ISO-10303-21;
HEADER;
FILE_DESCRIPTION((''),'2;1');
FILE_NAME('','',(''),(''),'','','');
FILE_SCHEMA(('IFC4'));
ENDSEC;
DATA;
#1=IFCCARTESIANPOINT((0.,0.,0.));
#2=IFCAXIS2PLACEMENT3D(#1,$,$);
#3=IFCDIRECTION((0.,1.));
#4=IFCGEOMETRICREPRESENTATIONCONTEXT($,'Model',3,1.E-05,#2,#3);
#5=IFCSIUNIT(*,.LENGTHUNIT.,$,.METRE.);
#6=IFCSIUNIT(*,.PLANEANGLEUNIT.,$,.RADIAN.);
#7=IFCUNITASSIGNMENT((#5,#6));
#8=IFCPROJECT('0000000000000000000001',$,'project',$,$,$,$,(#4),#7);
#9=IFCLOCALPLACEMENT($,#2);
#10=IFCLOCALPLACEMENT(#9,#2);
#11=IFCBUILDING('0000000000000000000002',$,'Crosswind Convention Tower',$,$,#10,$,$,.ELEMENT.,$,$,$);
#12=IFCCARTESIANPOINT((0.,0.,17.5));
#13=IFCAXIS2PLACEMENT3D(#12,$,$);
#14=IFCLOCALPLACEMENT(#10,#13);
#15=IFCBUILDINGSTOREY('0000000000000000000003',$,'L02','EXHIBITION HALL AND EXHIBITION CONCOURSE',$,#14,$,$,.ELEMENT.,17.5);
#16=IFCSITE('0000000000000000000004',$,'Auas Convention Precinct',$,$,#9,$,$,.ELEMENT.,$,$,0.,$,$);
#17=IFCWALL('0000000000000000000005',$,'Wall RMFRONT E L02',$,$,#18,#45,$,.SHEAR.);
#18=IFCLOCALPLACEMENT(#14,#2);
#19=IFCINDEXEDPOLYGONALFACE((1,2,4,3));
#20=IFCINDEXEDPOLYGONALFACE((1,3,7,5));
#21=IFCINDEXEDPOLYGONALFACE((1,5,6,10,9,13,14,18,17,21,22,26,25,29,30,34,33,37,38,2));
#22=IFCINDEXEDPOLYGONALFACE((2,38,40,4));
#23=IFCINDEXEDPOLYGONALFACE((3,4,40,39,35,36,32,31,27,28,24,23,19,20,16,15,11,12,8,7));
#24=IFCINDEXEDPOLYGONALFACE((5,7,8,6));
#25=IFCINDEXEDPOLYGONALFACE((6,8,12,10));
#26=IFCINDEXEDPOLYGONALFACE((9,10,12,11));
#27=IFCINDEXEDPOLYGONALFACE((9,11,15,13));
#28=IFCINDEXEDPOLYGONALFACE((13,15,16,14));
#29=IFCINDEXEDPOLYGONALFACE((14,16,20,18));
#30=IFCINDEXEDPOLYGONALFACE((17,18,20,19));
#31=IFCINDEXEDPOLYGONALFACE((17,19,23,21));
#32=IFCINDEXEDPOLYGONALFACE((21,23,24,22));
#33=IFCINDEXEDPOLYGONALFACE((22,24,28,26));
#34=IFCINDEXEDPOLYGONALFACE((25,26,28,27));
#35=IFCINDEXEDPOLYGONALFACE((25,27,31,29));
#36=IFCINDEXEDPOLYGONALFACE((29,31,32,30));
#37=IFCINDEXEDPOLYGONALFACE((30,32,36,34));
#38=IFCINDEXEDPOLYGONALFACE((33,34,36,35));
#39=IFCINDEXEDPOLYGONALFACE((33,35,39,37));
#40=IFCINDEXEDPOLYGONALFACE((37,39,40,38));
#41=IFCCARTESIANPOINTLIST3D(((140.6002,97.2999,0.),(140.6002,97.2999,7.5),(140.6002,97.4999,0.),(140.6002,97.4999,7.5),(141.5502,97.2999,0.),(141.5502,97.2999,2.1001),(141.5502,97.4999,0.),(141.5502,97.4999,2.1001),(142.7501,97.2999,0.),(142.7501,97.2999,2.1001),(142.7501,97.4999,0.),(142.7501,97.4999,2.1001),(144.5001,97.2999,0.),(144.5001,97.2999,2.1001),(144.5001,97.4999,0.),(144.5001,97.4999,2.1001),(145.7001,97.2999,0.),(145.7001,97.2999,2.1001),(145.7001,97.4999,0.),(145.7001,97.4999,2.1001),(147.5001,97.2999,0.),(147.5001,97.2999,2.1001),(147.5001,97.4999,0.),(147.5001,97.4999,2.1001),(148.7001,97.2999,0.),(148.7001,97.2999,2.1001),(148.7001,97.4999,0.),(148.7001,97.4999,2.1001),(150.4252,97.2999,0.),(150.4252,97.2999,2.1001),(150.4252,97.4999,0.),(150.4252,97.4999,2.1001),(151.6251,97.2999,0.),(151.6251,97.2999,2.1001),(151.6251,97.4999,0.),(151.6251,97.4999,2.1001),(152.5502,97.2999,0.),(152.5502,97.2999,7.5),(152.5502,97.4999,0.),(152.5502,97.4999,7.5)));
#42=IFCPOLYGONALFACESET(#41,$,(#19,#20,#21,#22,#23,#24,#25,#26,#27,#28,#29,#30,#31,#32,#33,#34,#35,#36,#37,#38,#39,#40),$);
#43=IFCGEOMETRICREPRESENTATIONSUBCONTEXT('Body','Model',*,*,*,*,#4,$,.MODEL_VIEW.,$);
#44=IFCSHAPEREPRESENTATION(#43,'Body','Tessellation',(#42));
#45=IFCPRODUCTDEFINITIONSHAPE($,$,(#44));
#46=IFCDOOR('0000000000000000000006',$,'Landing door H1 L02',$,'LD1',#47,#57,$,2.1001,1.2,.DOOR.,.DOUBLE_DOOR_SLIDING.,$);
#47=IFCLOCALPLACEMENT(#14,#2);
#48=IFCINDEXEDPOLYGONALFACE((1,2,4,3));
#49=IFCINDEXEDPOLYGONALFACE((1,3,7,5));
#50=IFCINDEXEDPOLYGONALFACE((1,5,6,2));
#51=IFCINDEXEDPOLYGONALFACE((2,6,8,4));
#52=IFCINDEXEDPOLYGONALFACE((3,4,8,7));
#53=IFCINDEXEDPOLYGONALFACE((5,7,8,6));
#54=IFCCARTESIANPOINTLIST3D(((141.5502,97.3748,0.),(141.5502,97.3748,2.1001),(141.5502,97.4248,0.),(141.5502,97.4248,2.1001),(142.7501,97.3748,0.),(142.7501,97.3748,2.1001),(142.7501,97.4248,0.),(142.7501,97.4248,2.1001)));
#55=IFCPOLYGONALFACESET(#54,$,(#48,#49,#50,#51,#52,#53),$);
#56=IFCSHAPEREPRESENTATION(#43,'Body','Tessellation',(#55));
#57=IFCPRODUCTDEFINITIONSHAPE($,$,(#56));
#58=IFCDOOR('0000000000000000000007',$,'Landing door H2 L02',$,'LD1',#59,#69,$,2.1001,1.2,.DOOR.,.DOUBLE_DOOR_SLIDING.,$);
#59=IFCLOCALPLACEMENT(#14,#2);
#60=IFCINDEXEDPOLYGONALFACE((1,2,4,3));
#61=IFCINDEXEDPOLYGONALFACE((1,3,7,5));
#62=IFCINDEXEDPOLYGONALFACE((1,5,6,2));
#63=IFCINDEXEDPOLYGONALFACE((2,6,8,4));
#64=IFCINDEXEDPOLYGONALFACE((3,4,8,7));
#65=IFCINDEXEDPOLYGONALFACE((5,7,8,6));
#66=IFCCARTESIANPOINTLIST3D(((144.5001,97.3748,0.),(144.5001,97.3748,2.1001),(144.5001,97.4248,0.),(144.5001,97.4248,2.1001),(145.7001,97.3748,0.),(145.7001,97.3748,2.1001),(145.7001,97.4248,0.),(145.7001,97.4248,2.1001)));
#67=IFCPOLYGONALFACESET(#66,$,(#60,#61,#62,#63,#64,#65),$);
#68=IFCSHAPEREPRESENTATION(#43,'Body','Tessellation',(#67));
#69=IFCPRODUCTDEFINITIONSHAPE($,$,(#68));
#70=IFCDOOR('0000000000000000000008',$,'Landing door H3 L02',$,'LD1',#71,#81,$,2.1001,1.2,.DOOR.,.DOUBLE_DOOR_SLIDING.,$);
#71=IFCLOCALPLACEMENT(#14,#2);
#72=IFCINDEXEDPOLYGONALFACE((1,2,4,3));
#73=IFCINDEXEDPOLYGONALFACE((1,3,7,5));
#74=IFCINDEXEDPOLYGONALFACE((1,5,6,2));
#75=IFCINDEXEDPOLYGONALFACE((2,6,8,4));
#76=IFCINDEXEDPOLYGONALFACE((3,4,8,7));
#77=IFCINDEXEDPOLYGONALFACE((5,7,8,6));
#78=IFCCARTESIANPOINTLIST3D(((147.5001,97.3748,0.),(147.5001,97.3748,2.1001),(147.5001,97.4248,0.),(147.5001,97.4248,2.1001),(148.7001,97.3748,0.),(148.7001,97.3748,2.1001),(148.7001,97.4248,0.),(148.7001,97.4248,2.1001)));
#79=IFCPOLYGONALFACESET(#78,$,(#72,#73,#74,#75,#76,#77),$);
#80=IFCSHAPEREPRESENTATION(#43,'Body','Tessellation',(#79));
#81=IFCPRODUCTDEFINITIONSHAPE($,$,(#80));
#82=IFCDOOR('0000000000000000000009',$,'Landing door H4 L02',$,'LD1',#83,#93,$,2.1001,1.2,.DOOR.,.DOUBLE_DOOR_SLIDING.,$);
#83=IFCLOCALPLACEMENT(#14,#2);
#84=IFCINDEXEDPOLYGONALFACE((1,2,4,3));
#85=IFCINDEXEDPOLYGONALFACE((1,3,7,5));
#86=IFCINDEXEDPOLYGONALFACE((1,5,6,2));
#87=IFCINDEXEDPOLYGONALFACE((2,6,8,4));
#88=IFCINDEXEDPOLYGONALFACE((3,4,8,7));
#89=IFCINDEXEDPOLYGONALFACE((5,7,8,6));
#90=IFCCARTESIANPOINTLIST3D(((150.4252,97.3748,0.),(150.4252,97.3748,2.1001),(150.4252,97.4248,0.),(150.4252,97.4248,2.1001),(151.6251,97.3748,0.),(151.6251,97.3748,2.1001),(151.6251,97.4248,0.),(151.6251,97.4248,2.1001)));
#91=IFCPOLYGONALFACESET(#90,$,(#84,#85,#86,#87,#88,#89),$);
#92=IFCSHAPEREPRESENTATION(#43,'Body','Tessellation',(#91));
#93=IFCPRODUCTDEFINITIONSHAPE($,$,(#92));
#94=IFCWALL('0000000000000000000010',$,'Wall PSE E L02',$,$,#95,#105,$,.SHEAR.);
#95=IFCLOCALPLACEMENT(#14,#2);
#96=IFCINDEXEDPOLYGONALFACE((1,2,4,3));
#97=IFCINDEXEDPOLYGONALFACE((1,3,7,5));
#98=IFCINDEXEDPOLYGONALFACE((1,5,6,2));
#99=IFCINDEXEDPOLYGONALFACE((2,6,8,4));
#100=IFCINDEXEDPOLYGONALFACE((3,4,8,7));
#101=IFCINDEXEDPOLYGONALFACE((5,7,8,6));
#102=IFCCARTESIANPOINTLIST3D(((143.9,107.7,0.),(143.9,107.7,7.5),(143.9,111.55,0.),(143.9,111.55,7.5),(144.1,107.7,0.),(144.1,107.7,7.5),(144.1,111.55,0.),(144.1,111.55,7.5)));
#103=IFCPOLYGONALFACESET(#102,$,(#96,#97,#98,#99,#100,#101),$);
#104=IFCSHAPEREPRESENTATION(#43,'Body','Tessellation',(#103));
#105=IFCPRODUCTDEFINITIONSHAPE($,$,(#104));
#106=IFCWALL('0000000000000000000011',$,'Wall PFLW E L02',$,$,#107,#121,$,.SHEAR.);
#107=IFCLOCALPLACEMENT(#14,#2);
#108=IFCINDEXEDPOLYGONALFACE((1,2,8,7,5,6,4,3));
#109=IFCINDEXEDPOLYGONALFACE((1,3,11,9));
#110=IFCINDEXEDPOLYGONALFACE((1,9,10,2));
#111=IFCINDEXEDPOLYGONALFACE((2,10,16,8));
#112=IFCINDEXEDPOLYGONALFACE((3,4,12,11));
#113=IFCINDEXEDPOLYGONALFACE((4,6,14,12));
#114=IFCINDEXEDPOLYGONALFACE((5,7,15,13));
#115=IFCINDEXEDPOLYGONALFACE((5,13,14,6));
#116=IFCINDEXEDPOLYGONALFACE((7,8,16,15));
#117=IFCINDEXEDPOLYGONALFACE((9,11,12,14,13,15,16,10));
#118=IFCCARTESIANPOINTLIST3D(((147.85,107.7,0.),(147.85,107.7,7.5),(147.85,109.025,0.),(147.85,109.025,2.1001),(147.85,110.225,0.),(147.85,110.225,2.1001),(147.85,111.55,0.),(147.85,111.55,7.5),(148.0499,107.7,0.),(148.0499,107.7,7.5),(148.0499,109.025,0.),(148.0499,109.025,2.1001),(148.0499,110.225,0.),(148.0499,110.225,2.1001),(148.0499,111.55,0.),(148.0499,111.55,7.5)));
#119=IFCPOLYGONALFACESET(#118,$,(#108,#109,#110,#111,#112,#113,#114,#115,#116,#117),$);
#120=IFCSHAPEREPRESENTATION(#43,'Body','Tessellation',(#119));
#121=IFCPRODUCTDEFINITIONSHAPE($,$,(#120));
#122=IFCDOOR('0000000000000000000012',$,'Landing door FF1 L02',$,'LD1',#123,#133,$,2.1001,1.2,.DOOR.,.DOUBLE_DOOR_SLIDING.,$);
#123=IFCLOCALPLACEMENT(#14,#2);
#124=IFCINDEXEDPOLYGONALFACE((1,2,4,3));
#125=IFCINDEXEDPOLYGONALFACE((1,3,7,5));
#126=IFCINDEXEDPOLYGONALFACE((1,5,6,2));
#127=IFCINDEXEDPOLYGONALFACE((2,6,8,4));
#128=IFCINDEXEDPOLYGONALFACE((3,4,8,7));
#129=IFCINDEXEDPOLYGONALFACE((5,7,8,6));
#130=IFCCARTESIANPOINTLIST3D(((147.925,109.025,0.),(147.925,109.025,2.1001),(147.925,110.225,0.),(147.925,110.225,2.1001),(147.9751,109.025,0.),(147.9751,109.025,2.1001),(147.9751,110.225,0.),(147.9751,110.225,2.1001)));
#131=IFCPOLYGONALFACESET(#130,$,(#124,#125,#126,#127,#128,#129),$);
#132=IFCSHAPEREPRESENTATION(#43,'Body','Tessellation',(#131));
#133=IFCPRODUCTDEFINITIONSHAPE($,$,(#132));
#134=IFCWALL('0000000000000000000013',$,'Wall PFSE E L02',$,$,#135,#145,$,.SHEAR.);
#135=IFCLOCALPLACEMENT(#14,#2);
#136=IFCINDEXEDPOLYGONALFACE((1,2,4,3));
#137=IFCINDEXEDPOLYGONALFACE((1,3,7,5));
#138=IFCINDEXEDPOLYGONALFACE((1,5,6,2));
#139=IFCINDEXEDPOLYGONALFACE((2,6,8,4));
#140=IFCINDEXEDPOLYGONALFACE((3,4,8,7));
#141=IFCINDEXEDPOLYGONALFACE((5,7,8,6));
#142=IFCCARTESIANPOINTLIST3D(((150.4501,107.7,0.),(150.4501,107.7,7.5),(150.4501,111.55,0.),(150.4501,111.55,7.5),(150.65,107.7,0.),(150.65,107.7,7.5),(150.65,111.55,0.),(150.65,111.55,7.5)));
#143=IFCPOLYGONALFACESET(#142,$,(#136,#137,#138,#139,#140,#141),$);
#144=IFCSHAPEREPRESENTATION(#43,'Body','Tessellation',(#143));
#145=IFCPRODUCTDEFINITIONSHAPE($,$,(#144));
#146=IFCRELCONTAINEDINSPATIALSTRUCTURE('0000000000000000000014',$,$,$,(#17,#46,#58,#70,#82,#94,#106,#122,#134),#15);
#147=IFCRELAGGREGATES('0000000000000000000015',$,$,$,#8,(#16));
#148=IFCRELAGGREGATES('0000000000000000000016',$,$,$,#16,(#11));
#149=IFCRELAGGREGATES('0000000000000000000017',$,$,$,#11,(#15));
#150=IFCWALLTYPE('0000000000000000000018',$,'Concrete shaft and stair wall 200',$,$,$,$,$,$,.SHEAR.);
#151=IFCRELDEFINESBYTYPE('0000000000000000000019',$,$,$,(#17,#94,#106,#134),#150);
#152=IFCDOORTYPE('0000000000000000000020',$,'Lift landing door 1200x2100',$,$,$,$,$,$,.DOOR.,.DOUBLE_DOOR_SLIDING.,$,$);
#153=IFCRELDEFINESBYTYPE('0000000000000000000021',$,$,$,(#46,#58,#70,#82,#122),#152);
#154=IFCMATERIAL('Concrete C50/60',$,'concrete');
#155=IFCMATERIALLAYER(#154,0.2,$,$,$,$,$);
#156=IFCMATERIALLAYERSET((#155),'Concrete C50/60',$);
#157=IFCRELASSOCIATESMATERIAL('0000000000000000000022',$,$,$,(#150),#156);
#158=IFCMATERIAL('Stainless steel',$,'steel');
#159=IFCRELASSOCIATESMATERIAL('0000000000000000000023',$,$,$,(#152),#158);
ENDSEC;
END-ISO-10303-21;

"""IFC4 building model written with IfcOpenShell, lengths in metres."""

from ifc_helpers import new_model, si_unit, direction, frame, frame_2d, origin, place, context, subcontext, project, spatial, rectangle, extrude, material, layer, layer_set, type_object, element, fill, save


model = new_model("IFC4")

# Units and contexts
model_context = context("Model", 3, precision=1e-05, world=origin(), true_north=direction((0.0, 1.0)))
body_context = subcontext(model_context, "Body", "Model", "MODEL_VIEW")
ifc_project = project(units=[si_unit("LENGTHUNIT", "METRE"), si_unit("PLANEANGLEUNIT", "RADIAN")], contexts=[model_context])

# Site, building, storey
site_placement = place(None, origin())
site = spatial("IfcSite", under=ifc_project, at=site_placement, Name="Auas Convention Precinct", CompositionType="ELEMENT", RefElevation=0.0)
building_placement = place(site_placement, origin())
building = spatial("IfcBuilding", under=site, at=building_placement, Name="Crosswind Convention Tower", CompositionType="ELEMENT")
storey_placement = place(building_placement, frame((0.0, 0.0, 17.5)))
storey = spatial("IfcBuildingStorey", under=building, at=storey_placement, Name="L02", Description="EXHIBITION HALL AND EXHIBITION CONCOURSE", CompositionType="ELEMENT", Elevation=17.5)

# Shared definitions
ifc_material_1 = material(Name="Concrete C50/60", Category="concrete")
ifc_layer_1 = layer(ifc_material_1, 0.2)
ifc_layer_set_1 = layer_set([ifc_layer_1], Name="Concrete C50/60")
wall_type_1 = type_object("IfcWallType", Name="Concrete shaft and stair wall 200", PredefinedType="SHEAR", material=ifc_layer_set_1)

# Wall, openings, doors
wall_1_placement = place(storey_placement, frame((140.6001, 97.3999, 0.0), z_axis=(0.0, 0.0, 1.0), x_axis=(1.0, 0.0, 0.0)))
wall_1 = element("IfcWall", 1, at=wall_1_placement, inside=storey, type_object=wall_type_1, Name="Wall RMFRONT E L02", PredefinedType="SHEAR", context=body_context, shape_type="SweptSolid", body=[
    extrude(rectangle(XDim=11.95, YDim=0.2, at=frame_2d((5.9751, 0.0))), origin(), (0.0, 0.0, 1.0), 7.5),
])
opening_1_placement = place(wall_1_placement, frame((0.95, 0.0, 0.0)))
opening_1 = element("IfcOpeningElement", 2, at=opening_1_placement, cuts=wall_1, PredefinedType="OPENING", context=body_context, shape_type="SweptSolid", body=[
    extrude(rectangle(XDim=1.2, YDim=2.1001, at=frame_2d((0.6001, 1.05))), frame((0.0, 0.1099, 0.0), z_axis=(0.0, -1.0, 0.0), x_axis=(1.0, 0.0, 0.0)), (0.0, 0.0, 1.0), 0.22),
])
opening_2_placement = place(wall_1_placement, frame((3.8999, 0.0, 0.0)))
opening_2 = element("IfcOpeningElement", 3, at=opening_2_placement, cuts=wall_1, PredefinedType="OPENING", context=body_context, shape_type="SweptSolid", body=[
    extrude(rectangle(XDim=1.2, YDim=2.1001, at=frame_2d((0.6001, 1.05))), frame((0.0, 0.1099, 0.0), z_axis=(0.0, -1.0, 0.0), x_axis=(1.0, 0.0, 0.0)), (0.0, 0.0, 1.0), 0.22),
])
opening_3_placement = place(wall_1_placement, frame((6.8999, 0.0, 0.0)))
opening_3 = element("IfcOpeningElement", 4, at=opening_3_placement, cuts=wall_1, PredefinedType="OPENING", context=body_context, shape_type="SweptSolid", body=[
    extrude(rectangle(XDim=1.2, YDim=2.1001, at=frame_2d((0.6001, 1.05))), frame((0.0, 0.1099, 0.0), z_axis=(0.0, -1.0, 0.0), x_axis=(1.0, 0.0, 0.0)), (0.0, 0.0, 1.0), 0.22),
])
opening_4_placement = place(wall_1_placement, frame((9.825, 0.0, 0.0)))
opening_4 = element("IfcOpeningElement", 5, at=opening_4_placement, cuts=wall_1, PredefinedType="OPENING", context=body_context, shape_type="SweptSolid", body=[
    extrude(rectangle(XDim=1.2, YDim=2.1001, at=frame_2d((0.6001, 1.05))), frame((0.0, 0.1099, 0.0), z_axis=(0.0, -1.0, 0.0), x_axis=(1.0, 0.0, 0.0)), (0.0, 0.0, 1.0), 0.22),
])
ifc_material_2 = material(Name="Stainless steel", Category="steel")
door_type_1 = type_object("IfcDoorType", Name="Lift landing door 1200x2100", OperationType="DOUBLE_DOOR_SLIDING", PredefinedType="DOOR", material=ifc_material_2)
door_1_placement = place(opening_1_placement, origin())
door_1 = element("IfcDoor", 6, at=door_1_placement, inside=storey, type_object=door_type_1, Name="Landing door H1 L02", ObjectType="LD1", OperationType="DOUBLE_DOOR_SLIDING", OverallHeight=2.1001, OverallWidth=1.2, PredefinedType="DOOR", context=body_context, shape_type="SweptSolid", body=[
    extrude(rectangle(XDim=1.2, YDim=2.1001, at=frame_2d((0.6001, 1.05))), frame((0.0, 0.0249, 0.0), z_axis=(0.0, -1.0, 0.0), x_axis=(1.0, 0.0, 0.0)), (0.0, 0.0, 1.0), 0.05),
])
fill(opening_1, door_1)
door_2_placement = place(opening_2_placement, origin())
door_2 = element("IfcDoor", 7, at=door_2_placement, inside=storey, type_object=door_type_1, Name="Landing door H2 L02", ObjectType="LD1", OperationType="DOUBLE_DOOR_SLIDING", OverallHeight=2.1001, OverallWidth=1.2, PredefinedType="DOOR", context=body_context, shape_type="SweptSolid", body=[
    extrude(rectangle(XDim=1.2, YDim=2.1001, at=frame_2d((0.6001, 1.05))), frame((0.0, 0.0249, 0.0), z_axis=(0.0, -1.0, 0.0), x_axis=(1.0, 0.0, 0.0)), (0.0, 0.0, 1.0), 0.05),
])
fill(opening_2, door_2)
door_3_placement = place(opening_3_placement, origin())
door_3 = element("IfcDoor", 8, at=door_3_placement, inside=storey, type_object=door_type_1, Name="Landing door H3 L02", ObjectType="LD1", OperationType="DOUBLE_DOOR_SLIDING", OverallHeight=2.1001, OverallWidth=1.2, PredefinedType="DOOR", context=body_context, shape_type="SweptSolid", body=[
    extrude(rectangle(XDim=1.2, YDim=2.1001, at=frame_2d((0.6001, 1.05))), frame((0.0, 0.0249, 0.0), z_axis=(0.0, -1.0, 0.0), x_axis=(1.0, 0.0, 0.0)), (0.0, 0.0, 1.0), 0.05),
])
fill(opening_3, door_3)
door_4_placement = place(opening_4_placement, origin())
door_4 = element("IfcDoor", 9, at=door_4_placement, inside=storey, type_object=door_type_1, Name="Landing door H4 L02", ObjectType="LD1", OperationType="DOUBLE_DOOR_SLIDING", OverallHeight=2.1001, OverallWidth=1.2, PredefinedType="DOOR", context=body_context, shape_type="SweptSolid", body=[
    extrude(rectangle(XDim=1.2, YDim=2.1001, at=frame_2d((0.6001, 1.05))), frame((0.0, 0.0249, 0.0), z_axis=(0.0, -1.0, 0.0), x_axis=(1.0, 0.0, 0.0)), (0.0, 0.0, 1.0), 0.05),
])
fill(opening_4, door_4)

# Wall
wall_2_placement = place(storey_placement, frame((144.0, 107.7, 0.0), z_axis=(0.0, 0.0, 1.0), x_axis=(0.0, 1.0, 0.0)))
element("IfcWall", 10, at=wall_2_placement, inside=storey, type_object=wall_type_1, Name="Wall PSE E L02", PredefinedType="SHEAR", context=body_context, shape_type="SweptSolid", body=[
    extrude(rectangle(XDim=3.8501, YDim=0.2, at=frame_2d((1.925, 0.0))), origin(), (0.0, 0.0, 1.0), 7.5),
])

# Wall, opening, door
wall_3_placement = place(storey_placement, frame((147.95, 107.7, 0.0), z_axis=(0.0, 0.0, 1.0), x_axis=(0.0, 1.0, 0.0)))
wall_3 = element("IfcWall", 11, at=wall_3_placement, inside=storey, type_object=wall_type_1, Name="Wall PFLW E L02", PredefinedType="SHEAR", context=body_context, shape_type="SweptSolid", body=[
    extrude(rectangle(XDim=3.8501, YDim=0.2, at=frame_2d((1.925, 0.0))), origin(), (0.0, 0.0, 1.0), 7.5),
])
opening_5_placement = place(wall_3_placement, frame((1.325, 0.0, 0.0)))
opening_5 = element("IfcOpeningElement", 12, at=opening_5_placement, cuts=wall_3, PredefinedType="OPENING", context=body_context, shape_type="SweptSolid", body=[
    extrude(rectangle(XDim=1.2, YDim=2.1001, at=frame_2d((0.6001, 1.05))), frame((0.0, 0.1099, 0.0), z_axis=(0.0, -1.0, 0.0), x_axis=(1.0, 0.0, 0.0)), (0.0, 0.0, 1.0), 0.22),
])
door_5_placement = place(opening_5_placement, origin())
door_5 = element("IfcDoor", 13, at=door_5_placement, inside=storey, type_object=door_type_1, Name="Landing door FF1 L02", ObjectType="LD1", OperationType="DOUBLE_DOOR_SLIDING", OverallHeight=2.1001, OverallWidth=1.2, PredefinedType="DOOR", context=body_context, shape_type="SweptSolid", body=[
    extrude(rectangle(XDim=1.2, YDim=2.1001, at=frame_2d((0.6001, 1.05))), frame((0.0, 0.0249, 0.0), z_axis=(0.0, -1.0, 0.0), x_axis=(1.0, 0.0, 0.0)), (0.0, 0.0, 1.0), 0.05),
])
fill(opening_5, door_5)

# Wall
wall_4_placement = place(storey_placement, frame((150.55, 107.7, 0.0), z_axis=(0.0, 0.0, 1.0), x_axis=(0.0, 1.0, 0.0)))
element("IfcWall", 14, at=wall_4_placement, inside=storey, type_object=wall_type_1, Name="Wall PFSE E L02", PredefinedType="SHEAR", context=body_context, shape_type="SweptSolid", body=[
    extrude(rectangle(XDim=3.8501, YDim=0.2, at=frame_2d((1.925, 0.0))), origin(), (0.0, 0.0, 1.0), 7.5),
])

save(model, "model.ifc")
